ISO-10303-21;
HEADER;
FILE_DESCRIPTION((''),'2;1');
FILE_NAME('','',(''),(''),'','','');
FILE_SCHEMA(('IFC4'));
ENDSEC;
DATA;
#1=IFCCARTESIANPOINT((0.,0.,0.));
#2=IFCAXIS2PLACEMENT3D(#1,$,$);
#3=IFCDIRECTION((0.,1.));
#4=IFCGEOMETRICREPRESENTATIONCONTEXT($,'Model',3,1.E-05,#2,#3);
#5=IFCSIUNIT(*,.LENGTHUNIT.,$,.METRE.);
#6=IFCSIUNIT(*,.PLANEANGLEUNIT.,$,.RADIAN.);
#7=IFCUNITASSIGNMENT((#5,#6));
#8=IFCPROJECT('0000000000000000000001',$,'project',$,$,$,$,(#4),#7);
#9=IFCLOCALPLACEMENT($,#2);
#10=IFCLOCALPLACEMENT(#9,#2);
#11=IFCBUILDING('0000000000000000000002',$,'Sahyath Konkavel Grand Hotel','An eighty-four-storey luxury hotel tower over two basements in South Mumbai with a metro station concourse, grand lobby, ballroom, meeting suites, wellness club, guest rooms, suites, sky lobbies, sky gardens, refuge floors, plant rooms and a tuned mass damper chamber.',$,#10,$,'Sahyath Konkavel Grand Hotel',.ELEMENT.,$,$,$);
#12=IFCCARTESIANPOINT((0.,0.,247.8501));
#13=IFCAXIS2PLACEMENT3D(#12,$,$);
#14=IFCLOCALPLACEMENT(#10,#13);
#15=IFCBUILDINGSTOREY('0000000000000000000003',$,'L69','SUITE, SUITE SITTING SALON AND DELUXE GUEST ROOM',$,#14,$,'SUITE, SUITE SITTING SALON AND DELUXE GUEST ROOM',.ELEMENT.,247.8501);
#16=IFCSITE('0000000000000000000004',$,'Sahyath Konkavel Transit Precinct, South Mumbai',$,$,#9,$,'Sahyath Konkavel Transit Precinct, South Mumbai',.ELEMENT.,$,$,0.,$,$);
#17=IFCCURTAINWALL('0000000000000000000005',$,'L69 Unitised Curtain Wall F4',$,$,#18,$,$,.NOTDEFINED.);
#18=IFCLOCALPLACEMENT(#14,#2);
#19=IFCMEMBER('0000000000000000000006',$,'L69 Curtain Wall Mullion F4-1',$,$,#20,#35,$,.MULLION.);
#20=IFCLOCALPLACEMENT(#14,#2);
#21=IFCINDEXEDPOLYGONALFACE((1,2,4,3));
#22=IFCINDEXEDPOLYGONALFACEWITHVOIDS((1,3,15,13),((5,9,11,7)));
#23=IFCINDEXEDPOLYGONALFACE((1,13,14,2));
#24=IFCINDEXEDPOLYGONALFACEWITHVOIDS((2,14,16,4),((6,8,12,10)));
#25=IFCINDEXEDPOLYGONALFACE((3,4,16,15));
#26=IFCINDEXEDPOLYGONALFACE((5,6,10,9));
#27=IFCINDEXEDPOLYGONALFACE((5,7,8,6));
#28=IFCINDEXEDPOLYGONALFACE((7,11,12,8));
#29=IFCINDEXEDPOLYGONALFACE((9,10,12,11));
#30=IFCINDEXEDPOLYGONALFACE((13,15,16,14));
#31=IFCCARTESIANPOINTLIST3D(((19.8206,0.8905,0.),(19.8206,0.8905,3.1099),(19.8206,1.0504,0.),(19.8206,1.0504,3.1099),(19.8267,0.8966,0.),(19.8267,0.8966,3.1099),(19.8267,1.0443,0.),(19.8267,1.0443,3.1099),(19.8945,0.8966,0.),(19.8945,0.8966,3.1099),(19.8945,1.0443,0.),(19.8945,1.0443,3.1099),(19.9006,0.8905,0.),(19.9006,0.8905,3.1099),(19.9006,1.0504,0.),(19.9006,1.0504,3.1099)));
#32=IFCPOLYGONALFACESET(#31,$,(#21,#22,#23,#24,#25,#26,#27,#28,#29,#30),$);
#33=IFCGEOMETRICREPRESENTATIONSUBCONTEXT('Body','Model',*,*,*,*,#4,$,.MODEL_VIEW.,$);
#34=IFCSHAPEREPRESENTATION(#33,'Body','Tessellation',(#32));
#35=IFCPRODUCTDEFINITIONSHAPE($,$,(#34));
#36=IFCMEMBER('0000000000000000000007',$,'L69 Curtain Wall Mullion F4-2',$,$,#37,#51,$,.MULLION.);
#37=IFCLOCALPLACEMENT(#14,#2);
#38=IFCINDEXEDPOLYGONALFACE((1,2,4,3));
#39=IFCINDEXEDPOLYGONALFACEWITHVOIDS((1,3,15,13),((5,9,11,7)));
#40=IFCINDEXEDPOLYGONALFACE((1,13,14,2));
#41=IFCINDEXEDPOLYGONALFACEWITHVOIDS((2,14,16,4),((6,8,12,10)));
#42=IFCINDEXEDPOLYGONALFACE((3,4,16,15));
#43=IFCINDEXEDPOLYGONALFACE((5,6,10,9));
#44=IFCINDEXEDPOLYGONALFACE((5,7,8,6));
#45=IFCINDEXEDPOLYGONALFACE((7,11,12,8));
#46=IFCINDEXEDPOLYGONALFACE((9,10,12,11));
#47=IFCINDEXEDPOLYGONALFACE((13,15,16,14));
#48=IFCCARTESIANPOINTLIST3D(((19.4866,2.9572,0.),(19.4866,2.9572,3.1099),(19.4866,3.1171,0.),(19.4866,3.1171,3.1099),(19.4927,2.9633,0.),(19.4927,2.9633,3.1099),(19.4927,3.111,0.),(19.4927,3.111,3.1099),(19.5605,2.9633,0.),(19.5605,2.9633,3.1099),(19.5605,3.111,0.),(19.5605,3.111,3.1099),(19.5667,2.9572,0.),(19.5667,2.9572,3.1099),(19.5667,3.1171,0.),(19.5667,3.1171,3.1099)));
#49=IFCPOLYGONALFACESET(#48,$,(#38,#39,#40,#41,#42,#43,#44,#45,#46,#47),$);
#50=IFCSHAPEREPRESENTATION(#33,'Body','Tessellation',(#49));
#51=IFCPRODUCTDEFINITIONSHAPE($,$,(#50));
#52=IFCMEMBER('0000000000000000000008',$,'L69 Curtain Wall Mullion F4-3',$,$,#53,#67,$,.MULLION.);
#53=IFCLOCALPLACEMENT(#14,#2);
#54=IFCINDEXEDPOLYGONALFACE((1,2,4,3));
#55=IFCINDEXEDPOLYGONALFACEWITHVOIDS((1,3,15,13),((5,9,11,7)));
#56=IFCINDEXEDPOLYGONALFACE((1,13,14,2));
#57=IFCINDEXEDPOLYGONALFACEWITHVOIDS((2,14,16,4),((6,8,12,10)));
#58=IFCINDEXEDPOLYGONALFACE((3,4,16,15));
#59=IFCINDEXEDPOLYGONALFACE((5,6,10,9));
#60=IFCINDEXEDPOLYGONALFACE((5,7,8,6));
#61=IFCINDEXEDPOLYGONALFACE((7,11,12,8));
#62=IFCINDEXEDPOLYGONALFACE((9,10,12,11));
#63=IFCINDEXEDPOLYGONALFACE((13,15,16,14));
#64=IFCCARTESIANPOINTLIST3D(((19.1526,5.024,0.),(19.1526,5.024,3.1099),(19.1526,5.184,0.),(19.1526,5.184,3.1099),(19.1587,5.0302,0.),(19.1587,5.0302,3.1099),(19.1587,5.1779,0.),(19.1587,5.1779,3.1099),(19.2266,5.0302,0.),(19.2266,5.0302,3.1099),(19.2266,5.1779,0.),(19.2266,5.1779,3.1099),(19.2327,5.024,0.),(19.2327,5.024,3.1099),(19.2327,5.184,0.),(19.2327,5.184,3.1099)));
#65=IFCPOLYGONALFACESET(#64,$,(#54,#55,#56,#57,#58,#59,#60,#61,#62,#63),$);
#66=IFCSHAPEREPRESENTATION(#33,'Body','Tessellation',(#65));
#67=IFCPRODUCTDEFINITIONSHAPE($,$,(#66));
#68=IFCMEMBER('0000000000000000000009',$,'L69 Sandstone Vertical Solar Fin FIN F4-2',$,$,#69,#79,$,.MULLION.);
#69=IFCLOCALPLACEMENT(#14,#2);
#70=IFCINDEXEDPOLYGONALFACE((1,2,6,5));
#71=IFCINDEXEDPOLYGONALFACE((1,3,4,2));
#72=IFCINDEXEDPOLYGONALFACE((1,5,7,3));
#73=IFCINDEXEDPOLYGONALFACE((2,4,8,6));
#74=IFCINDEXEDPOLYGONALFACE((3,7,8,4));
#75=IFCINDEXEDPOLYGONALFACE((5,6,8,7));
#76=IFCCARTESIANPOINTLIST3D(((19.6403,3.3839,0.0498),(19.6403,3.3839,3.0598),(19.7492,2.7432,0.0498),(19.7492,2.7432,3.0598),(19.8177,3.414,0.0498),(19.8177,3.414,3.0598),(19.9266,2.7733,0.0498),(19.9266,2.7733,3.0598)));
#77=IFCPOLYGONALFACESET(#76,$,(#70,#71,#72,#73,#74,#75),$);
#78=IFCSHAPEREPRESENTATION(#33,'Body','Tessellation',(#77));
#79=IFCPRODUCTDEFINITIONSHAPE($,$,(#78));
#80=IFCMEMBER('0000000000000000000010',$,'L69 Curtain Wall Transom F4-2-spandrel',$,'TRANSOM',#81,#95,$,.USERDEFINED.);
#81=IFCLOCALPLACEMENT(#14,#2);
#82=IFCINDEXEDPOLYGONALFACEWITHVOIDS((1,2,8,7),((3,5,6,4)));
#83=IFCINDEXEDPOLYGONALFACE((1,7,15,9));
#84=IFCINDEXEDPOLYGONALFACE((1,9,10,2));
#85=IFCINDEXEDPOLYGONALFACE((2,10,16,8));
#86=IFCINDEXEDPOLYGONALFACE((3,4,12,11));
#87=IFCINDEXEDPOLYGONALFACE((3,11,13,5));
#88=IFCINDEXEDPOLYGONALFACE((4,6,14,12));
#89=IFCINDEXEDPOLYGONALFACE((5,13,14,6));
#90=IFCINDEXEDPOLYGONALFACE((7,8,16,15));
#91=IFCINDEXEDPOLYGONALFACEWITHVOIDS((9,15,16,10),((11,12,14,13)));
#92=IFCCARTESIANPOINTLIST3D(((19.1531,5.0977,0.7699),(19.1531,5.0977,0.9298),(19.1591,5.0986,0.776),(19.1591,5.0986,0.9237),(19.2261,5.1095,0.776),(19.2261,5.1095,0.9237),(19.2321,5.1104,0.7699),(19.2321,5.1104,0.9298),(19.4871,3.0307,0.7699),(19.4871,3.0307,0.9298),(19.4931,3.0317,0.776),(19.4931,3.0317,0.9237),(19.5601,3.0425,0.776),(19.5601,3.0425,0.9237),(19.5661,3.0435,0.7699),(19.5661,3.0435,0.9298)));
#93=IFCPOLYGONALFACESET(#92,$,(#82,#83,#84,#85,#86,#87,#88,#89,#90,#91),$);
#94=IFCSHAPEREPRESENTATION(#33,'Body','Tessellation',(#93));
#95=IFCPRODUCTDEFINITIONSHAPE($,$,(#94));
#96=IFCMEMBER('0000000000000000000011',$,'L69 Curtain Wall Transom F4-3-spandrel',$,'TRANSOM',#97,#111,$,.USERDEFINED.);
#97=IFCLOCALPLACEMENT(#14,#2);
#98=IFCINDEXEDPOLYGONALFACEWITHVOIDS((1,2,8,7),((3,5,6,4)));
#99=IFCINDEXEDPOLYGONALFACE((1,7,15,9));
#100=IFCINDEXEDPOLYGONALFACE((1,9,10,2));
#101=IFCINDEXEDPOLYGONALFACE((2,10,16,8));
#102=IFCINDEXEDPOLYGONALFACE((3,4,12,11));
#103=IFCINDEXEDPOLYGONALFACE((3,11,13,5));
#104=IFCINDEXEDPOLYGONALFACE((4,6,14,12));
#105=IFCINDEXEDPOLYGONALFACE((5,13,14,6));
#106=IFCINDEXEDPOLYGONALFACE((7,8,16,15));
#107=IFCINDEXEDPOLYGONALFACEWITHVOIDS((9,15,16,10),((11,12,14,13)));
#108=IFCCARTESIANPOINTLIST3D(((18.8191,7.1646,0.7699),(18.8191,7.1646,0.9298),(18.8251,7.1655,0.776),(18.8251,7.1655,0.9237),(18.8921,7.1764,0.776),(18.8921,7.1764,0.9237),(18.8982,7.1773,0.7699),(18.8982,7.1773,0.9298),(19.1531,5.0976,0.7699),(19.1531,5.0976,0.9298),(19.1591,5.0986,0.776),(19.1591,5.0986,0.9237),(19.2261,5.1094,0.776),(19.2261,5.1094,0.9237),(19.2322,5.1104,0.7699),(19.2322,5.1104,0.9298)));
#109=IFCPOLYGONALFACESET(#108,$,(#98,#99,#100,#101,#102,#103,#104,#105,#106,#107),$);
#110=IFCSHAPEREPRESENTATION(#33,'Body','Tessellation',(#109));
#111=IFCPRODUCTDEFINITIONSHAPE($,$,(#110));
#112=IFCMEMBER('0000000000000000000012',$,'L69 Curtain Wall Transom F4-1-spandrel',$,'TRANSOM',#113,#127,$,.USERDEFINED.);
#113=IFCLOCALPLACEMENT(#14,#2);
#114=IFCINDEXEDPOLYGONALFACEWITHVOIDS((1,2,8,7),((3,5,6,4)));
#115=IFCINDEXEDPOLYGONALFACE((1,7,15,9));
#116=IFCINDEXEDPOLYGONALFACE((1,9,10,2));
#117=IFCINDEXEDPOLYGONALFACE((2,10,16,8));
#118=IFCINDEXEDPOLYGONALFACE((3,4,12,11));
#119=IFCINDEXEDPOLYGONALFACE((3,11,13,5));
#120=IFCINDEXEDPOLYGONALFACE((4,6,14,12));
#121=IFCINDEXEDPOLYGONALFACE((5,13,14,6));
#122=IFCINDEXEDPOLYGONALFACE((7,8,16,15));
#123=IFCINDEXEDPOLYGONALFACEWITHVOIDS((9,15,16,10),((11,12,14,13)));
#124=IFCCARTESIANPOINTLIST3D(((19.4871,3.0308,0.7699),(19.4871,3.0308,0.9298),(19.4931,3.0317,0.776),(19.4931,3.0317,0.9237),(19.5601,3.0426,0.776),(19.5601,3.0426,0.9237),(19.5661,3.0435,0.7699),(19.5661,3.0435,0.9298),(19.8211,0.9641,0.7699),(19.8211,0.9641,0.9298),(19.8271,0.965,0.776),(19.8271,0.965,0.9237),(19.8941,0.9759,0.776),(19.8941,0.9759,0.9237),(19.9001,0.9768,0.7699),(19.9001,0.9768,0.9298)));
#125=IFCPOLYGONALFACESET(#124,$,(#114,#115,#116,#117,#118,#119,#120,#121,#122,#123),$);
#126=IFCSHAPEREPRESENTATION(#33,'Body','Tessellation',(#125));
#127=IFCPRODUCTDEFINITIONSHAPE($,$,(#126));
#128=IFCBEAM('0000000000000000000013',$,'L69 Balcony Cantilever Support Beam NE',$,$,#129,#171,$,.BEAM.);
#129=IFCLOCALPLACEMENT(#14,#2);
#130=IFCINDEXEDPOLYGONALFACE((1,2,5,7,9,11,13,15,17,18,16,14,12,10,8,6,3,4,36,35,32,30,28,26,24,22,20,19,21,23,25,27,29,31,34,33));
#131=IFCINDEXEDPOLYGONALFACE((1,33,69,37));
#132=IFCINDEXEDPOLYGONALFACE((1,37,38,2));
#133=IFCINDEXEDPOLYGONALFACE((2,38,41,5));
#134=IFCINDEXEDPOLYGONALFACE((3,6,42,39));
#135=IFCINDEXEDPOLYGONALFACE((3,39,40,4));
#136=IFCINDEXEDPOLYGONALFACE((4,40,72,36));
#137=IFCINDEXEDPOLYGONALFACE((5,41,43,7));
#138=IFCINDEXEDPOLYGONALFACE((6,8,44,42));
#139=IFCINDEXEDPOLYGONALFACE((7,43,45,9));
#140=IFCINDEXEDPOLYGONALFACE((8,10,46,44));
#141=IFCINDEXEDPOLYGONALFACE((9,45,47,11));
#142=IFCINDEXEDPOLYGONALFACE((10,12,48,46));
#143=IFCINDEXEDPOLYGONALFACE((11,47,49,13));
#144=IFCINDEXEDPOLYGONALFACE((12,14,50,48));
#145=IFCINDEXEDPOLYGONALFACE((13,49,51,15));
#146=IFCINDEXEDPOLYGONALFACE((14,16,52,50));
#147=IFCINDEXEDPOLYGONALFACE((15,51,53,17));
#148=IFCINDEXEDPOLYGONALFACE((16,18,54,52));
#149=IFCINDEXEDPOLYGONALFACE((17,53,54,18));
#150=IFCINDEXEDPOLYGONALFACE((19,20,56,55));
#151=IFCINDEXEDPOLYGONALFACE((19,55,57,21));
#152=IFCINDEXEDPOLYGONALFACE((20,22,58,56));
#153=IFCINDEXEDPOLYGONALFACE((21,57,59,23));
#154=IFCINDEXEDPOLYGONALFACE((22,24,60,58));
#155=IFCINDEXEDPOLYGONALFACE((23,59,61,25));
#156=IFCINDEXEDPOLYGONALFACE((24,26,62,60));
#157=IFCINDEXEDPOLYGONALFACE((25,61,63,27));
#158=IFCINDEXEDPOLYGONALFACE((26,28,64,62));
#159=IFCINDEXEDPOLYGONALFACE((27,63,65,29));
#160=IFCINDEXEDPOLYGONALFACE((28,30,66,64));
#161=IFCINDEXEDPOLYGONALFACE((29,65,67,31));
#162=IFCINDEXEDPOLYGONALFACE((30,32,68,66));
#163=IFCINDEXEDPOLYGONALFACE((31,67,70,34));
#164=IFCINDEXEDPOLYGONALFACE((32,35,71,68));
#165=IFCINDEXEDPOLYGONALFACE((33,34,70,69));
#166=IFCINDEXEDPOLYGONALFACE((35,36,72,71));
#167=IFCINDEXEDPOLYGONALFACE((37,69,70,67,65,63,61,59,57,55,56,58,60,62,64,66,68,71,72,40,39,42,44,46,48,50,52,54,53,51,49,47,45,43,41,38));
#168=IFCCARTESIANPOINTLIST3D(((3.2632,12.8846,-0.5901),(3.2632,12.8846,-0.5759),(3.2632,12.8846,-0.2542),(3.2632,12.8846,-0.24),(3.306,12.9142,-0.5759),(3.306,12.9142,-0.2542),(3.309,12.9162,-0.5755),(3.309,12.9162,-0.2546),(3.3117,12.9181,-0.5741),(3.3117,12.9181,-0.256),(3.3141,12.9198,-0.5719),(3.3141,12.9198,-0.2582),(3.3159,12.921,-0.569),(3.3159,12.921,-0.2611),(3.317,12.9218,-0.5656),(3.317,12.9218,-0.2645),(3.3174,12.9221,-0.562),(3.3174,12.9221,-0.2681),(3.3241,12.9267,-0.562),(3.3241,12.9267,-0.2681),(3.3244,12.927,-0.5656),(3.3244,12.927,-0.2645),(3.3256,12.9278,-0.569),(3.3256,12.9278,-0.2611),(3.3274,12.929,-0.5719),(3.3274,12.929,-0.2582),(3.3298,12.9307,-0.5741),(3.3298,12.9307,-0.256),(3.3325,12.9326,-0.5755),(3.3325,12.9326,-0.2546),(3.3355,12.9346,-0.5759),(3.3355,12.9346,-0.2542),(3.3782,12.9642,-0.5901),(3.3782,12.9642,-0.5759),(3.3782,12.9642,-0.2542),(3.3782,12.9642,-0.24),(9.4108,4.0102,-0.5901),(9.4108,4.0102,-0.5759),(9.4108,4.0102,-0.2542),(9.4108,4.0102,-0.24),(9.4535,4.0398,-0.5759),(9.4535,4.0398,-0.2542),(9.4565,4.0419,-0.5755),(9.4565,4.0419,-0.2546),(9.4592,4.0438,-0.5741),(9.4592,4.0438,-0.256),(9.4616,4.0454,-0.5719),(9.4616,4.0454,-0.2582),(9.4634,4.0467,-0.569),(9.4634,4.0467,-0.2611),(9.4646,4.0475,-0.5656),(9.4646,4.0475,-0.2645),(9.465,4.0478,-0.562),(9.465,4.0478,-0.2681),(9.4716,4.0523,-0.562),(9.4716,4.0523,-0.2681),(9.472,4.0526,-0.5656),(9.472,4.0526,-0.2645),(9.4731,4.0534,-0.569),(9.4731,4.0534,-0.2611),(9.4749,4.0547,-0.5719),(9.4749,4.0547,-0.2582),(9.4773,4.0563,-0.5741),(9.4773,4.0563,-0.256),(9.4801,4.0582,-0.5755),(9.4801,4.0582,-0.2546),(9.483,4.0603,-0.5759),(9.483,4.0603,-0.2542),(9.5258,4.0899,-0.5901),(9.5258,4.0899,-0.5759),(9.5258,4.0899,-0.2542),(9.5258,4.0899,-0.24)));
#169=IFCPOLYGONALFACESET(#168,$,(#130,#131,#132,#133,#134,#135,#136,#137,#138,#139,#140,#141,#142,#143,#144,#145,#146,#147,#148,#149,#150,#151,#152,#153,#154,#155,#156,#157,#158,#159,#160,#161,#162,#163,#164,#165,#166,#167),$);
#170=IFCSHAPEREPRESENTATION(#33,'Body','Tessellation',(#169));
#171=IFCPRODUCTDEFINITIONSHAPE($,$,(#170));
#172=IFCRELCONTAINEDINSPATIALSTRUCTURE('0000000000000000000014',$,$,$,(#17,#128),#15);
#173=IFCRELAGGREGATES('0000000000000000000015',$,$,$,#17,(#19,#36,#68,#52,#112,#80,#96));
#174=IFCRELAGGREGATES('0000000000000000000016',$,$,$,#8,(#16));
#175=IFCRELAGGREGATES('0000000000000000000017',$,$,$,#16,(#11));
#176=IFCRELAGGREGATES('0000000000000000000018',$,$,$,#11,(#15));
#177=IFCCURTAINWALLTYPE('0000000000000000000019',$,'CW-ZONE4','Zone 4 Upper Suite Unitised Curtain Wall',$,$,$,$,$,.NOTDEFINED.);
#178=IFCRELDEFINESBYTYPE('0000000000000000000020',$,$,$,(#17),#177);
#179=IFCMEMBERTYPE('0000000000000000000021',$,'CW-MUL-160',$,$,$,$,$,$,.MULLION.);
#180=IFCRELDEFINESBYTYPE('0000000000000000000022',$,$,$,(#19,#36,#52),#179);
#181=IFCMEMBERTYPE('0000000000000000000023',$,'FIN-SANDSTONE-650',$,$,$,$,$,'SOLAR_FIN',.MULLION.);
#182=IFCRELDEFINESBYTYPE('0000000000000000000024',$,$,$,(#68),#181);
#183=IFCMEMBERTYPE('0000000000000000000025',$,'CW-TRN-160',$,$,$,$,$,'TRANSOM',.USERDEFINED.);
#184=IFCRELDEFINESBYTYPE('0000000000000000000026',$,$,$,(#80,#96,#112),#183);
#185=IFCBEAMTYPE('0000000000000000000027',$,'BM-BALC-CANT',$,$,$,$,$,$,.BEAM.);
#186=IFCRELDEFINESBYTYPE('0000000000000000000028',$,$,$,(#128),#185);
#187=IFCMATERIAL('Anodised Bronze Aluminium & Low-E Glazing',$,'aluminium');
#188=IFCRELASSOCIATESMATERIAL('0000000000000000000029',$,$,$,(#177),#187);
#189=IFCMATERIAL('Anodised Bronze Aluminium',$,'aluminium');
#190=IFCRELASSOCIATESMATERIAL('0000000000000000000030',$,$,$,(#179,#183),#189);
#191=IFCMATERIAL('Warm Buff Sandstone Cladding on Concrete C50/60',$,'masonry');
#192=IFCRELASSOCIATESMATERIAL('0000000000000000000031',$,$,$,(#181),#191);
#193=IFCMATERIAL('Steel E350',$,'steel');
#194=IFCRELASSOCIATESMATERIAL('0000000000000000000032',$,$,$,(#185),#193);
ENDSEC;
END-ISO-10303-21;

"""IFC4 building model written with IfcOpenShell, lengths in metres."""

from ifc_helpers import new_model, si_unit, direction, frame, origin, origin_2d, place, context, subcontext, project, spatial, rectangle, hollow_rectangle, i_section, extrude, source, transform, mapped, material, material_profile, profile_set, type_object, element, aggregate, save


model = new_model("IFC4")

# Units and contexts
model_context = context("Model", 3, precision=1e-05, world=origin(), true_north=direction((0.0, 1.0)))
body_context = subcontext(model_context, "Body", "Model", "MODEL_VIEW")
ifc_project = project(units=[si_unit("LENGTHUNIT", "METRE"), si_unit("PLANEANGLEUNIT", "RADIAN")], contexts=[model_context])

# Site, building, storey
site_placement = place(None, origin())
site = spatial("IfcSite", under=ifc_project, at=site_placement, Name="Sahyath Konkavel Transit Precinct, South Mumbai", LongName="Sahyath Konkavel Transit Precinct, South Mumbai", CompositionType="ELEMENT", RefElevation=0.0)
building_placement = place(site_placement, origin())
building = spatial("IfcBuilding", under=site, at=building_placement, Name="Sahyath Konkavel Grand Hotel", Description="An eighty-four-storey luxury hotel tower over two basements in South Mumbai with a metro station concourse, grand lobby, ballroom, meeting suites, wellness club, guest rooms, suites, sky lobbies, sky gardens, refuge floors, plant rooms and a tuned mass damper chamber.", LongName="Sahyath Konkavel Grand Hotel", CompositionType="ELEMENT")
storey_placement = place(building_placement, frame((0.0, 0.0, 247.8501)))
storey = spatial("IfcBuildingStorey", under=building, at=storey_placement, Name="L69", Description="SUITE, SUITE SITTING SALON AND DELUXE GUEST ROOM", LongName="SUITE, SUITE SITTING SALON AND DELUXE GUEST ROOM", CompositionType="ELEMENT", Elevation=247.8501)

# Curtain wall, members
ifc_material_1 = material(Name="Anodised Bronze Aluminium & Low-E Glazing", Category="aluminium")
curtain_wall_type = type_object("IfcCurtainWallType", Name="CW-ZONE4", Description="Zone 4 Upper Suite Unitised Curtain Wall", PredefinedType="NOTDEFINED", material=ifc_material_1)
curtain_wall_1_placement = place(storey_placement, origin())
curtain_wall_1 = element("IfcCurtainWall", 1, at=curtain_wall_1_placement, inside=storey, type_object=curtain_wall_type, Name="L69 Unitised Curtain Wall F4", PredefinedType="NOTDEFINED")
ifc_material_2 = material(Name="Anodised Bronze Aluminium", Category="aluminium")
ifc_material_profile_1 = material_profile(ifc_material_2, hollow_rectangle(XDim=0.0801, YDim=0.1599, WallThickness=0.0061, at=origin_2d()), Name="RHS 160x80x6")
ifc_profile_set_1 = profile_set([ifc_material_profile_1], Name="Anodised Bronze Aluminium")
member_type_1 = type_object("IfcMemberType", Name="CW-MUL-160", PredefinedType="MULLION", material=ifc_profile_set_1)
shared_shape_1 = source(origin(), body_context, "Body", "SweptSolid", [
    extrude(hollow_rectangle(XDim=0.0801, YDim=0.1599, WallThickness=0.0061, at=origin_2d()), origin(), (0.0, 0.0, 1.0), 3.1099),
])
member_1_placement = place(storey_placement, frame((19.8606, 0.9705, 0.0), z_axis=(0.0, 0.0, 1.0), x_axis=(1.0, 0.0, 0.0)))
member_1 = element("IfcMember", 2, at=member_1_placement, type_object=member_type_1, Name="L69 Curtain Wall Mullion F4-1", PredefinedType="MULLION", context=body_context, shape_type="MappedRepresentation", body=[
    mapped(shared_shape_1, transform((0.0, 0.0, 0.0), scale=1.0)),
])
member_2_placement = place(storey_placement, frame((19.5266, 3.0371, 0.0), z_axis=(0.0, 0.0, 1.0), x_axis=(1.0, 0.0, 0.0)))
member_2 = element("IfcMember", 3, at=member_2_placement, type_object=member_type_1, Name="L69 Curtain Wall Mullion F4-2", PredefinedType="MULLION", context=body_context, shape_type="MappedRepresentation", body=[
    mapped(shared_shape_1, transform((0.0, 0.0, 0.0), scale=1.0)),
])
member_3_placement = place(storey_placement, frame((19.1926, 5.104, 0.0), z_axis=(0.0, 0.0, 1.0), x_axis=(1.0, 0.0, 0.0)))
member_3 = element("IfcMember", 4, at=member_3_placement, type_object=member_type_1, Name="L69 Curtain Wall Mullion F4-3", PredefinedType="MULLION", context=body_context, shape_type="MappedRepresentation", body=[
    mapped(shared_shape_1, transform((0.0, 0.0, 0.0), scale=1.0)),
])
ifc_material_3 = material(Name="Warm Buff Sandstone Cladding on Concrete C50/60", Category="masonry")
ifc_material_profile_2 = material_profile(ifc_material_3, rectangle(XDim=0.1799, YDim=0.6499, at=origin_2d()), Name="FIN 180x650")
ifc_profile_set_2 = profile_set([ifc_material_profile_2], Name="Warm Buff Sandstone Cladding on Concrete C50/60")
member_type_2 = type_object("IfcMemberType", Name="FIN-SANDSTONE-650", ElementType="SOLAR_FIN", PredefinedType="MULLION", material=ifc_profile_set_2)
shared_shape_2 = source(origin(), body_context, "Body", "SweptSolid", [
    extrude(rectangle(XDim=0.1799, YDim=0.6499, at=origin_2d()), origin(), (0.0, 0.0, 1.0), 3.01),
])
member_4_placement = place(storey_placement, frame((19.7834, 3.0786, 0.0498), z_axis=(0.0, 0.0, 1.0), x_axis=(0.985879, 0.167457, 0.0)))
member_4 = element("IfcMember", 5, at=member_4_placement, type_object=member_type_2, Name="L69 Sandstone Vertical Solar Fin FIN F4-2", PredefinedType="MULLION", context=body_context, shape_type="MappedRepresentation", body=[
    mapped(shared_shape_2, transform((0.0, 0.0, 0.0), scale=1.0)),
])
ifc_material_profile_3 = material_profile(ifc_material_2, hollow_rectangle(XDim=0.0801, YDim=0.1599, WallThickness=0.0061, at=origin_2d()), Name="RHS 160x80x6")
ifc_profile_set_3 = profile_set([ifc_material_profile_3], Name="Anodised Bronze Aluminium")
member_type_3 = type_object("IfcMemberType", Name="CW-TRN-160", ElementType="TRANSOM", PredefinedType="USERDEFINED", material=ifc_profile_set_3)
shared_shape_3 = source(origin(), body_context, "Body", "SweptSolid", [
    extrude(hollow_rectangle(XDim=0.0801, YDim=0.1599, WallThickness=0.0061, at=origin_2d()), origin(), (0.0, 0.0, 1.0), 2.0938),
])
member_5_placement = place(storey_placement, frame((19.5266, 3.0371, 0.8499), z_axis=(-0.159518, 0.987195, 0.0), x_axis=(-0.987195, -0.159518, 0.0)))
member_5 = element("IfcMember", 6, at=member_5_placement, type_object=member_type_3, Name="L69 Curtain Wall Transom F4-2-spandrel", ObjectType="TRANSOM", PredefinedType="USERDEFINED", context=body_context, shape_type="MappedRepresentation", body=[
    mapped(shared_shape_3, transform((0.0, 0.0, 0.0), scale=1.0)),
])
member_6_placement = place(storey_placement, frame((19.1926, 5.104, 0.8499), z_axis=(-0.159518, 0.987195, 0.0), x_axis=(-0.987195, -0.159518, 0.0)))
member_6 = element("IfcMember", 7, at=member_6_placement, type_object=member_type_3, Name="L69 Curtain Wall Transom F4-3-spandrel", ObjectType="TRANSOM", PredefinedType="USERDEFINED", context=body_context, shape_type="MappedRepresentation", body=[
    mapped(shared_shape_3, transform((0.0, 0.0, 0.0), scale=1.0)),
])
shared_shape_4 = source(origin(), body_context, "Body", "SweptSolid", [
    extrude(hollow_rectangle(XDim=0.0801, YDim=0.1599, WallThickness=0.0061, at=origin_2d()), origin(), (0.0, 0.0, 1.0), 2.0935),
])
member_7_placement = place(storey_placement, frame((19.8606, 0.9705, 0.8499), z_axis=(-0.159537, 0.987192, 0.0), x_axis=(-0.987192, -0.159537, 0.0)))
member_7 = element("IfcMember", 8, at=member_7_placement, type_object=member_type_3, Name="L69 Curtain Wall Transom F4-1-spandrel", ObjectType="TRANSOM", PredefinedType="USERDEFINED", context=body_context, shape_type="MappedRepresentation", body=[
    mapped(shared_shape_4, transform((0.0, 0.0, 0.0), scale=1.0)),
])

# Beam
ifc_material_4 = material(Name="Steel E350", Category="steel")
ifc_material_profile_4 = material_profile(ifc_material_4, i_section(OverallWidth=0.1399, OverallDepth=0.3501, WebThickness=0.0081, FlangeThickness=0.0142, FilletRadius=0.0139, at=origin_2d()), Name="ISMB 350")
ifc_profile_set_4 = profile_set([ifc_material_profile_4], Name="Steel E350")
beam_type = type_object("IfcBeamType", Name="BM-BALC-CANT", PredefinedType="BEAM", material=ifc_profile_set_4)
shared_shape_5 = source(origin(), body_context, "Body", "SweptSolid", [
    extrude(i_section(OverallWidth=0.1399, OverallDepth=0.3501, WebThickness=0.0081, FlangeThickness=0.0142, FilletRadius=0.0139, at=origin_2d()), origin(), (0.0, 0.0, 1.0), 10.7957),
])
beam_placement = place(storey_placement, frame((9.4683, 4.05, -0.415), z_axis=(-0.569444, 0.82203, 0.0), x_axis=(-0.82203, -0.569444, 0.0)))
element("IfcBeam", 9, at=beam_placement, inside=storey, type_object=beam_type, Name="L69 Balcony Cantilever Support Beam NE", PredefinedType="BEAM", context=body_context, shape_type="MappedRepresentation", body=[
    mapped(shared_shape_5, transform((0.0, 0.0, 0.0), scale=1.0)),
])

aggregate(curtain_wall_1, [member_1, member_2, member_4, member_3, member_7, member_5, member_6])

save(model, "model.ifc")
